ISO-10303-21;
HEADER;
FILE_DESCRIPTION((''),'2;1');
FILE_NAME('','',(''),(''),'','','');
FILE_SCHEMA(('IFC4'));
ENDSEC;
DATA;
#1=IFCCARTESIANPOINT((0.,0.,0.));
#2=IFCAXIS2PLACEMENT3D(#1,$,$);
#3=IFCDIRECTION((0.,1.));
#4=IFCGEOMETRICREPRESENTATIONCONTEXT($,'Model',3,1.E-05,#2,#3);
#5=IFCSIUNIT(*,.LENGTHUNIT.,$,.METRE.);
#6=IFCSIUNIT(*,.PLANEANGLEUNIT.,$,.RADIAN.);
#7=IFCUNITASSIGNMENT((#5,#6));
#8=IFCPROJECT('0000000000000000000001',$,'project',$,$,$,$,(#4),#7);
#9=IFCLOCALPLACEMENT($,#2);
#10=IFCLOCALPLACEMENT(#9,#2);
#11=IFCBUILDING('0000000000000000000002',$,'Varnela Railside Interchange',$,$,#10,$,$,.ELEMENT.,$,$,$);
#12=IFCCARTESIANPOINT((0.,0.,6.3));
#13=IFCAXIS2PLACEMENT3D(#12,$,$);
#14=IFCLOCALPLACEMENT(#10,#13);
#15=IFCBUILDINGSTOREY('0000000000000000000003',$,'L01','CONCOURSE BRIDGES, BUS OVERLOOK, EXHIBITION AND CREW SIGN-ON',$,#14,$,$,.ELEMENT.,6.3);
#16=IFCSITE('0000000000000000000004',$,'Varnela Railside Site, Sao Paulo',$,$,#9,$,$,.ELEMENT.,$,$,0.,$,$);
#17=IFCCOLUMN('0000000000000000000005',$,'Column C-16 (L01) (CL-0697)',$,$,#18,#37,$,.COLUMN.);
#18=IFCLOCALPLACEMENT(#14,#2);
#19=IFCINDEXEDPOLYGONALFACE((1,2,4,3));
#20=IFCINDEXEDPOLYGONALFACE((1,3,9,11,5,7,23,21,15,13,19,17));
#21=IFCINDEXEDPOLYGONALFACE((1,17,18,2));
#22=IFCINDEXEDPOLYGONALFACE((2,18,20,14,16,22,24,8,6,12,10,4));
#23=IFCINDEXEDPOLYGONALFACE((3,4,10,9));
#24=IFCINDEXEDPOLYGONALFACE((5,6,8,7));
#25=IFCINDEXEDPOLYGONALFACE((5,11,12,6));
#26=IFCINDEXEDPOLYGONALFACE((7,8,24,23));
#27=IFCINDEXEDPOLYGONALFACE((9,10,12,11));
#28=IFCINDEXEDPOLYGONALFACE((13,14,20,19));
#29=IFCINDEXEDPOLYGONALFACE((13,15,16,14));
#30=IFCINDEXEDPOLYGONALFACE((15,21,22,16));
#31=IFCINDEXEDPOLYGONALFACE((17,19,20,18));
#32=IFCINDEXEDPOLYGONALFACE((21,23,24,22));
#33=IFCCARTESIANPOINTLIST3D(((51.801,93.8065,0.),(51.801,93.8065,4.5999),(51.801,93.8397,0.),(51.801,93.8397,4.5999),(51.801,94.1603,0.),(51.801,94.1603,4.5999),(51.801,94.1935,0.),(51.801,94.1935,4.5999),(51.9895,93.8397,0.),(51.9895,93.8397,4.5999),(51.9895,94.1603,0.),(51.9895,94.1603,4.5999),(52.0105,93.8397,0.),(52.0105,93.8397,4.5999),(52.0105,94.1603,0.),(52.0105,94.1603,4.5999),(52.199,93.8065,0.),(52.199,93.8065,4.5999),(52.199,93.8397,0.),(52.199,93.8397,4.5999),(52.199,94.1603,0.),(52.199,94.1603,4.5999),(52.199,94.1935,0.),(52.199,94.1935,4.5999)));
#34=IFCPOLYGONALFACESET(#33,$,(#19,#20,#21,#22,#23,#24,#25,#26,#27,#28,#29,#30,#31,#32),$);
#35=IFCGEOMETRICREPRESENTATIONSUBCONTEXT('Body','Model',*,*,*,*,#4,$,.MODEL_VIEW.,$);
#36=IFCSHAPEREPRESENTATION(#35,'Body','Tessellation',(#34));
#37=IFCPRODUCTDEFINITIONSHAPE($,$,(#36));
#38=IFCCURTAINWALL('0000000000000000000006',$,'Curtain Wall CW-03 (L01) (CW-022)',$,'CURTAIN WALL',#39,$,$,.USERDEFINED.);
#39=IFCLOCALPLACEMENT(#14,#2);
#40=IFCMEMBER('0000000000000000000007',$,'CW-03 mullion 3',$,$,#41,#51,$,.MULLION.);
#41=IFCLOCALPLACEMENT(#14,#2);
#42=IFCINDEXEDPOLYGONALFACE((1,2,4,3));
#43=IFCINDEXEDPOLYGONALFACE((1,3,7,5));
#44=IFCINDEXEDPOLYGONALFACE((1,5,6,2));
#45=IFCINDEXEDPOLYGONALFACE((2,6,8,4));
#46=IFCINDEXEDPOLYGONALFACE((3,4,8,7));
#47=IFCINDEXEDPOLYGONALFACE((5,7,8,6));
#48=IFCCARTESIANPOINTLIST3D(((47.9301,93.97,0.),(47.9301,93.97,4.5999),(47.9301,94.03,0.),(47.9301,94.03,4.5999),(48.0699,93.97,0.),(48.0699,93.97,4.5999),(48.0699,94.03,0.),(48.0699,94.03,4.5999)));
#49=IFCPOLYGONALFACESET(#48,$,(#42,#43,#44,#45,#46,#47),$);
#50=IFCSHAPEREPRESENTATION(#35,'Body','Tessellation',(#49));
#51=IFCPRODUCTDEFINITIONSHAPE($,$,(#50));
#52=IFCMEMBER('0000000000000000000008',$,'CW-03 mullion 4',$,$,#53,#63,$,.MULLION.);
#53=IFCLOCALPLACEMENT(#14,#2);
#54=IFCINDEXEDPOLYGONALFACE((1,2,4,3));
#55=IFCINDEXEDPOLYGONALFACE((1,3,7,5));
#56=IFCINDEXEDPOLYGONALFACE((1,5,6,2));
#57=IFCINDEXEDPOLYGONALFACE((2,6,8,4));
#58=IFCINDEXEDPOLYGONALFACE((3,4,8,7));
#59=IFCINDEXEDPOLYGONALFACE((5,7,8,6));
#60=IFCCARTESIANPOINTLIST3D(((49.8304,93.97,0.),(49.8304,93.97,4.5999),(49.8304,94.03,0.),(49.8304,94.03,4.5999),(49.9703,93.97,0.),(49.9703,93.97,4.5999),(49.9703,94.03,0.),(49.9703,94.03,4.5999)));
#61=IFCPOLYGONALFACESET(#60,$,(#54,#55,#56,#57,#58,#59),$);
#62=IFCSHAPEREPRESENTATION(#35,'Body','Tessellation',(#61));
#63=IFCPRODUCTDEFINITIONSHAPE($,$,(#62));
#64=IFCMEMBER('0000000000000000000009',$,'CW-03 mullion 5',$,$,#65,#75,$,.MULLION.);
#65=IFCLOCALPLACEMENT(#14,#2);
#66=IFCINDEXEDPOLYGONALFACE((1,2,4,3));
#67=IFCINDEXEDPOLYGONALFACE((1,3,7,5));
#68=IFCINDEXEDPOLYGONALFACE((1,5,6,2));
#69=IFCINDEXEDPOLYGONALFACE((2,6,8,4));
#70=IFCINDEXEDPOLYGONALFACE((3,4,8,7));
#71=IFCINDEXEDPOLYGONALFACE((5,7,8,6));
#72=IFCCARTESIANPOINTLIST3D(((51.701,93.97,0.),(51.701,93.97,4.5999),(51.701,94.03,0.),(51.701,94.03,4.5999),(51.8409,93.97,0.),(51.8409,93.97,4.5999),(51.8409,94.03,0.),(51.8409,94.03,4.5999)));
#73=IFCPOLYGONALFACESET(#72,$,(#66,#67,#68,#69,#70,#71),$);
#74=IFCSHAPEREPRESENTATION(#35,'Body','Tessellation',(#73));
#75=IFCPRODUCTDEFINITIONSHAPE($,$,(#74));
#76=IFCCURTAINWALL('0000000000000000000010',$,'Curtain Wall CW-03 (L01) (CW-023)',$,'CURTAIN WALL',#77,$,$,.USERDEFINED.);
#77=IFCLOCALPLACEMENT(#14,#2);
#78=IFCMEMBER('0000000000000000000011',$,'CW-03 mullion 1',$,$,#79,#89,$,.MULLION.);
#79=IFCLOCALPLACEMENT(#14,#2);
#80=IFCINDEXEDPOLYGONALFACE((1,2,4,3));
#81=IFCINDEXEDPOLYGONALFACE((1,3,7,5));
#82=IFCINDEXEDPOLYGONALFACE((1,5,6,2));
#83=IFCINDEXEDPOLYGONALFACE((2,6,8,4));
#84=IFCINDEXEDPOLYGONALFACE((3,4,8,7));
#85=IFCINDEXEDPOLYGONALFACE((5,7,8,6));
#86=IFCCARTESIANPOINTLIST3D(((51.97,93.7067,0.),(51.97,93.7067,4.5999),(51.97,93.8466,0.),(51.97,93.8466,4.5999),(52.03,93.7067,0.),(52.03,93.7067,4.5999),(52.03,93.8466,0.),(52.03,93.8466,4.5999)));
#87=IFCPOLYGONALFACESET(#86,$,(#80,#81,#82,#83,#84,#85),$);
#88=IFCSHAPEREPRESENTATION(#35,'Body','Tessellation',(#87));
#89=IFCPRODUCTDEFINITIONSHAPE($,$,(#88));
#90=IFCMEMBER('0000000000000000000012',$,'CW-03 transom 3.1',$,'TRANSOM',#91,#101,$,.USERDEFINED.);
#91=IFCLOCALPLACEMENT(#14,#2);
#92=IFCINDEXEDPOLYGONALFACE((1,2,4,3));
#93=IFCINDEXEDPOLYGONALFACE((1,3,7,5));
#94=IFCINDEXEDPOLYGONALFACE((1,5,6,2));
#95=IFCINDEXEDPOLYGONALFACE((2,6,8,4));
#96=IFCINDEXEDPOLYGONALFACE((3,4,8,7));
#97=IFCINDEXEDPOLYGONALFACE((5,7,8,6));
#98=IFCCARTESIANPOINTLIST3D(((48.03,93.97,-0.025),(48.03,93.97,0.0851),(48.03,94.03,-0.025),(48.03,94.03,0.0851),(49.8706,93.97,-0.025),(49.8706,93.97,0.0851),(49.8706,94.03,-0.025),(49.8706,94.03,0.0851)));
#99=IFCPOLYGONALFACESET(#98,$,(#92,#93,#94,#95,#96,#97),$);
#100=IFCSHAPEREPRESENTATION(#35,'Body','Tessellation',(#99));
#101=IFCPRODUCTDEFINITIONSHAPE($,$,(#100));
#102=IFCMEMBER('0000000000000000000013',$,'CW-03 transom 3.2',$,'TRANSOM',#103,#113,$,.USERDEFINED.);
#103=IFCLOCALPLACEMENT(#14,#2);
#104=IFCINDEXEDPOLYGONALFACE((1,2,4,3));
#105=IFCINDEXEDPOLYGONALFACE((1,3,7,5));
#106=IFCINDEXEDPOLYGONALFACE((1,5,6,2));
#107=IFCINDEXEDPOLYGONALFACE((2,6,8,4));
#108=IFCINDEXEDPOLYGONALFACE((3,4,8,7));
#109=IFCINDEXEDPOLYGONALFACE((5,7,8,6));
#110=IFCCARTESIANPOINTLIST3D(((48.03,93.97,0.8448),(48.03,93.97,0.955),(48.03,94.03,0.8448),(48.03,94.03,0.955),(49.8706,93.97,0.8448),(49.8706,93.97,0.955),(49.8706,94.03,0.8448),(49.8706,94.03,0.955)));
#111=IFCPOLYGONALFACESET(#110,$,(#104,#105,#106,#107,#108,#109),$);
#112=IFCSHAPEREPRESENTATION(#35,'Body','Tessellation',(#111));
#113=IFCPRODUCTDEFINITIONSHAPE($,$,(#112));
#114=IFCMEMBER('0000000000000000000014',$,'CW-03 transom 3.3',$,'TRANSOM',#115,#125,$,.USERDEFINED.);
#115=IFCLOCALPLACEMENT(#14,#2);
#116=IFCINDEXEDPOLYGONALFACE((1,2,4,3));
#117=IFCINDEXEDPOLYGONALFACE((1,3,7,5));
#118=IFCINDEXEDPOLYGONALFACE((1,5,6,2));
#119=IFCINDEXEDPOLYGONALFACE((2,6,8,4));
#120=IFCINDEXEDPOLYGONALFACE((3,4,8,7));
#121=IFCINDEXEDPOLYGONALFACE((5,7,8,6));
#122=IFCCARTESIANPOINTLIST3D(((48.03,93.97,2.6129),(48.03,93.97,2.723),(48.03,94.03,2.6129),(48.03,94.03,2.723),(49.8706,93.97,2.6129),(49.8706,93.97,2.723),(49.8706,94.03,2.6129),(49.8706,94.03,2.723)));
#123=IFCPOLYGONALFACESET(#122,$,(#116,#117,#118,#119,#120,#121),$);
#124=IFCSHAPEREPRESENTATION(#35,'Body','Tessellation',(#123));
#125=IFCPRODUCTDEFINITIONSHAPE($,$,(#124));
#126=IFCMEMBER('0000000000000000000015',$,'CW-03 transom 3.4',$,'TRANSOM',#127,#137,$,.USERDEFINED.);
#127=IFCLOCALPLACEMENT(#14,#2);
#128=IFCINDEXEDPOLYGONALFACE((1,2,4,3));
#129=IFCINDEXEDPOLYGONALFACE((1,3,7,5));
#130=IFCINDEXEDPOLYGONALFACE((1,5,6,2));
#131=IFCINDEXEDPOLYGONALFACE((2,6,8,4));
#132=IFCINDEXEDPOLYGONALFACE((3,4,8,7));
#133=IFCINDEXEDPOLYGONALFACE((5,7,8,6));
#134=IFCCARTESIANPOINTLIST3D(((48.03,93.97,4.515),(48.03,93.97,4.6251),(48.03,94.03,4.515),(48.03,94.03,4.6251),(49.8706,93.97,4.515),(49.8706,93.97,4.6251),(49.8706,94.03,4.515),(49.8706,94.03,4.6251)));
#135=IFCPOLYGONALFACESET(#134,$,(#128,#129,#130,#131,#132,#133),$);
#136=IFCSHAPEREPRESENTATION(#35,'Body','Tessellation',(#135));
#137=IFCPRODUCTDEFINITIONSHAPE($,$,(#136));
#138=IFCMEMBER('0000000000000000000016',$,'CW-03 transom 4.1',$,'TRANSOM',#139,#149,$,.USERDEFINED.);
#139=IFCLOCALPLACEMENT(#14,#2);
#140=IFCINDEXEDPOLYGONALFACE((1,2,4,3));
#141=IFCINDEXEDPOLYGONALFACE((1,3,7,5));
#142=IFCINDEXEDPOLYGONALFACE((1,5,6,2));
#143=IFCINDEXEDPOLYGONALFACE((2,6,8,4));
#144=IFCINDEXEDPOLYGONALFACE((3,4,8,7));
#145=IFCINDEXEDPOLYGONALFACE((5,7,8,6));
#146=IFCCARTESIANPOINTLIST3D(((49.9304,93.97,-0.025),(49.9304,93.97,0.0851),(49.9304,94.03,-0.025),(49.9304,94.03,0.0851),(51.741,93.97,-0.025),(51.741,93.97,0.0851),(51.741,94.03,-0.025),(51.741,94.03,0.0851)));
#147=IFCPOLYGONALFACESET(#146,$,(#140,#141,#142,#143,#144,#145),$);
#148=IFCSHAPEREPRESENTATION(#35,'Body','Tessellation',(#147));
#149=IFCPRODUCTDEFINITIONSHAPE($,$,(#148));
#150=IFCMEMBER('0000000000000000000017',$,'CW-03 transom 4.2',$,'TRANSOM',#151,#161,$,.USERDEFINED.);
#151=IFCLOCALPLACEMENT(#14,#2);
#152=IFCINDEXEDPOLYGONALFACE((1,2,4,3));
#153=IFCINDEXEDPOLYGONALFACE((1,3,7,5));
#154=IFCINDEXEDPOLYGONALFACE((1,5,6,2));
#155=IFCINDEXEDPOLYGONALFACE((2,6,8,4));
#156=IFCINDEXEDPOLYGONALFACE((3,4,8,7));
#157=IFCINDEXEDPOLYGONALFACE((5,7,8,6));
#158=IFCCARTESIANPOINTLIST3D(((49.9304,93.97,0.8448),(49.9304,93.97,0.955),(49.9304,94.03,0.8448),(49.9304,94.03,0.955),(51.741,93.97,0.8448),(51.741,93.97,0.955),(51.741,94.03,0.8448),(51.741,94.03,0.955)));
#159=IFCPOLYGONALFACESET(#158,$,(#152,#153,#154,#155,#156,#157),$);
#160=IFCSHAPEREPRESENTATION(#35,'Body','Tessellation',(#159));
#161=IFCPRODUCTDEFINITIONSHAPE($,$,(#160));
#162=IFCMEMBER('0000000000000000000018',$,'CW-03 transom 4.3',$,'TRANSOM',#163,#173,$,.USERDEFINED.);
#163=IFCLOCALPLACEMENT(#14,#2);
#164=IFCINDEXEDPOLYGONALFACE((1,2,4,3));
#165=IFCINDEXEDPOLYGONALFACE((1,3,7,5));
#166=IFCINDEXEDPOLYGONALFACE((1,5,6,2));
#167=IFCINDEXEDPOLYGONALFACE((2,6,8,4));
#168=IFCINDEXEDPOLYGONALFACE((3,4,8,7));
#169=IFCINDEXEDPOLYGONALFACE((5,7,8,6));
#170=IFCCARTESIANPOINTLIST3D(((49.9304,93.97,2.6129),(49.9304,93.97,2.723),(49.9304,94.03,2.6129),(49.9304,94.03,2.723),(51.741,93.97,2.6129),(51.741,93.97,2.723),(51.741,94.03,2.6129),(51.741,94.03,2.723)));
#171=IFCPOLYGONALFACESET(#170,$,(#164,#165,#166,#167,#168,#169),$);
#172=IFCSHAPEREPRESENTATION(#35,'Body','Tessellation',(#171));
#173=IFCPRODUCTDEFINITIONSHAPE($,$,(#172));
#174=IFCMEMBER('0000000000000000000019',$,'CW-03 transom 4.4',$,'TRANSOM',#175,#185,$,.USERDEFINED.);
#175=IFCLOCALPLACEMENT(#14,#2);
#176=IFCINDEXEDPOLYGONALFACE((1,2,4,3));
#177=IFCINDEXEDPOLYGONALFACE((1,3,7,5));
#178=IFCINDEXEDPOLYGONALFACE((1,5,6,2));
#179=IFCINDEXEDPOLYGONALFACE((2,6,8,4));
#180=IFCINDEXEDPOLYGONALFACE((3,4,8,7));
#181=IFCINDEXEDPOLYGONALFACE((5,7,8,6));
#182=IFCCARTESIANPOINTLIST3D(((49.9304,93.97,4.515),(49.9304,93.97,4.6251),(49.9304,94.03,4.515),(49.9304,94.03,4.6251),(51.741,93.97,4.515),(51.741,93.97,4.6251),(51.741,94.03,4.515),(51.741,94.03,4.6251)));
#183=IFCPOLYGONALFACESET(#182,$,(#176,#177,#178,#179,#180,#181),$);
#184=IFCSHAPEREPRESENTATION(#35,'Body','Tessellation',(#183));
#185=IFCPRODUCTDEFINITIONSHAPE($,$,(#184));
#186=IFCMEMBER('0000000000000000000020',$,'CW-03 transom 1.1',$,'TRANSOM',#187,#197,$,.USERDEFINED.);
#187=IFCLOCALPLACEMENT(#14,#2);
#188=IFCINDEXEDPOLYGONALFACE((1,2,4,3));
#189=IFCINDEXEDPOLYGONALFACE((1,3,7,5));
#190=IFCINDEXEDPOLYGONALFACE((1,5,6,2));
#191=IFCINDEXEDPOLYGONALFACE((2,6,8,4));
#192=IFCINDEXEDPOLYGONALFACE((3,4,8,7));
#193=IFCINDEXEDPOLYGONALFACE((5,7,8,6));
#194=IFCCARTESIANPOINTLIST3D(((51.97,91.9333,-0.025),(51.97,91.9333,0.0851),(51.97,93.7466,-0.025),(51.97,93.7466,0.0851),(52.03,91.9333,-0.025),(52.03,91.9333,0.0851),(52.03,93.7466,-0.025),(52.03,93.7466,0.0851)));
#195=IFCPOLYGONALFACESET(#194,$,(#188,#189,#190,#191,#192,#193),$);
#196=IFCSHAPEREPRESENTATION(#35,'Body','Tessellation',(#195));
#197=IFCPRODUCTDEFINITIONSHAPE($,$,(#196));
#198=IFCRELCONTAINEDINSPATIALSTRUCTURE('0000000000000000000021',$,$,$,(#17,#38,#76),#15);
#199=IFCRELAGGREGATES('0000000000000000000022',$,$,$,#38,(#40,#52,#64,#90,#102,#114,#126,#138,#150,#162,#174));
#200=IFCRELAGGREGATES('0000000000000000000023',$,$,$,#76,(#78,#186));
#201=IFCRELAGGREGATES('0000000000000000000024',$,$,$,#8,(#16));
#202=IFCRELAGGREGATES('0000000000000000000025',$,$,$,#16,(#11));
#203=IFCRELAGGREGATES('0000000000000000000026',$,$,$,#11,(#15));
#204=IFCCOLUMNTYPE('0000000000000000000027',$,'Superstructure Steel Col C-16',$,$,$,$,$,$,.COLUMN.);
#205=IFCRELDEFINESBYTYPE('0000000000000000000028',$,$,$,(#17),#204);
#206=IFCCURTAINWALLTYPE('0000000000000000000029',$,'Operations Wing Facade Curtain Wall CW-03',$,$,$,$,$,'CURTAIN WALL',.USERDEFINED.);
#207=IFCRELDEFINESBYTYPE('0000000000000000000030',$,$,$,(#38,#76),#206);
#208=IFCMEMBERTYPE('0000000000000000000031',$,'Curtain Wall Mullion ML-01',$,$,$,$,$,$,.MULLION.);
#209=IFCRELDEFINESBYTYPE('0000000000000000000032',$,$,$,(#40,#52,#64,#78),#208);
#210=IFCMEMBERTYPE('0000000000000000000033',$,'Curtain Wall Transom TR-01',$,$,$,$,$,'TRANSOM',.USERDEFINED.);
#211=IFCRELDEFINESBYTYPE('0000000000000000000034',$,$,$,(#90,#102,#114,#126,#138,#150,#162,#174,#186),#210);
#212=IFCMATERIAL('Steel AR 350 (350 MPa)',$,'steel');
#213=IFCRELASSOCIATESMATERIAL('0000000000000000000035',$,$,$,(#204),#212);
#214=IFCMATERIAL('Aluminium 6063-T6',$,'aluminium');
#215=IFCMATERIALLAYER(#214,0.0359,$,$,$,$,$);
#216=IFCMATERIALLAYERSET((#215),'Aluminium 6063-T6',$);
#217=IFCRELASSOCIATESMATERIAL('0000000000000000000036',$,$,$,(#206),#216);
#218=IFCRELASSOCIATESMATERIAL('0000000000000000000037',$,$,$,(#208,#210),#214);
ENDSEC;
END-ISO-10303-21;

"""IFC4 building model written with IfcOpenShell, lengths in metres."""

from ifc_helpers import new_model, si_unit, direction, frame, origin, origin_2d, place, context, subcontext, project, spatial, rectangle, i_section, extrude, material, layer, layer_set, material_profile, profile_set, type_object, element, aggregate, save


model = new_model("IFC4")

# Units and contexts
model_context = context("Model", 3, precision=1e-05, world=origin(), true_north=direction((0.0, 1.0)))
body_context = subcontext(model_context, "Body", "Model", "MODEL_VIEW")
ifc_project = project(units=[si_unit("LENGTHUNIT", "METRE"), si_unit("PLANEANGLEUNIT", "RADIAN")], contexts=[model_context])

# Site, building, storey
site_placement = place(None, origin())
site = spatial("IfcSite", under=ifc_project, at=site_placement, Name="Varnela Railside Site, Sao Paulo", CompositionType="ELEMENT", RefElevation=0.0)
building_placement = place(site_placement, origin())
building = spatial("IfcBuilding", under=site, at=building_placement, Name="Varnela Railside Interchange", CompositionType="ELEMENT")
storey_placement = place(building_placement, frame((0.0, 0.0, 6.3)))
storey = spatial("IfcBuildingStorey", under=building, at=storey_placement, Name="L01", Description="CONCOURSE BRIDGES, BUS OVERLOOK, EXHIBITION AND CREW SIGN-ON", CompositionType="ELEMENT", Elevation=6.3)

# Column
ifc_material_1 = material(Name="Steel AR 350 (350 MPa)", Category="steel")
ifc_material_profile_1 = material_profile(ifc_material_1, i_section(OverallWidth=0.3979, OverallDepth=0.387, WebThickness=0.021, FlangeThickness=0.0332, at=origin_2d()), Name="W360x262")
ifc_profile_set_1 = profile_set([ifc_material_profile_1], Name="Steel AR 350 (350 MPa)")
column_type = type_object("IfcColumnType", Name="Superstructure Steel Col C-16", PredefinedType="COLUMN", material=ifc_profile_set_1)
column_placement = place(storey_placement, frame((52.0, 94.0, 0.0), z_axis=(0.0, 0.0, 1.0), x_axis=(1.0, 0.0, 0.0)))
element("IfcColumn", 1, at=column_placement, inside=storey, type_object=column_type, Name="Column C-16 (L01) (CL-0697)", PredefinedType="COLUMN", context=body_context, shape_type="SweptSolid", body=[
    extrude(i_section(OverallWidth=0.3979, OverallDepth=0.387, WebThickness=0.021, FlangeThickness=0.0332, at=origin_2d()), origin(), (0.0, 0.0, 1.0), 4.5999),
])

# Curtain wall, members
ifc_material_2 = material(Name="Aluminium 6063-T6", Category="aluminium")
ifc_layer_1 = layer(ifc_material_2, 0.0359)
ifc_layer_set_1 = layer_set([ifc_layer_1], Name="Aluminium 6063-T6")
curtain_wall_type = type_object("IfcCurtainWallType", Name="Operations Wing Facade Curtain Wall CW-03", ElementType="CURTAIN WALL", PredefinedType="USERDEFINED", material=ifc_layer_set_1)
curtain_wall_1_placement = place(storey_placement, origin())
curtain_wall_1 = element("IfcCurtainWall", 2, at=curtain_wall_1_placement, inside=storey, type_object=curtain_wall_type, Name="Curtain Wall CW-03 (L01) (CW-022)", ObjectType="CURTAIN WALL", PredefinedType="USERDEFINED")
ifc_material_profile_2 = material_profile(ifc_material_2, rectangle(XDim=0.0601, YDim=0.1399, at=origin_2d()), Name="ALU 60x140")
ifc_profile_set_2 = profile_set([ifc_material_profile_2], Name="Aluminium 6063-T6")
member_type_1 = type_object("IfcMemberType", Name="Curtain Wall Mullion ML-01", PredefinedType="MULLION", material=ifc_profile_set_2)
member_1_placement = place(storey_placement, frame((48.0, 94.0, 0.0), z_axis=(0.0, 0.0, 1.0), x_axis=(0.0, 1.0, 0.0)))
member_1 = element("IfcMember", 3, at=member_1_placement, type_object=member_type_1, Name="CW-03 mullion 3", PredefinedType="MULLION", context=body_context, shape_type="SweptSolid", body=[
    extrude(rectangle(XDim=0.0601, YDim=0.1399, at=origin_2d()), origin(), (0.0, 0.0, 1.0), 4.5999),
])
member_2_placement = place(storey_placement, frame((49.9004, 94.0, 0.0), z_axis=(0.0, 0.0, 1.0), x_axis=(0.0, 1.0, 0.0)))
member_2 = element("IfcMember", 4, at=member_2_placement, type_object=member_type_1, Name="CW-03 mullion 4", PredefinedType="MULLION", context=body_context, shape_type="SweptSolid", body=[
    extrude(rectangle(XDim=0.0601, YDim=0.1399, at=origin_2d()), origin(), (0.0, 0.0, 1.0), 4.5999),
])
member_3_placement = place(storey_placement, frame((51.771, 94.0, 0.0), z_axis=(0.0, 0.0, 1.0), x_axis=(0.0, 1.0, 0.0)))
member_3 = element("IfcMember", 5, at=member_3_placement, type_object=member_type_1, Name="CW-03 mullion 5", PredefinedType="MULLION", context=body_context, shape_type="SweptSolid", body=[
    extrude(rectangle(XDim=0.0601, YDim=0.1399, at=origin_2d()), origin(), (0.0, 0.0, 1.0), 4.5999),
])

# Curtain wall, member
curtain_wall_2_placement = place(storey_placement, origin())
curtain_wall_2 = element("IfcCurtainWall", 6, at=curtain_wall_2_placement, inside=storey, type_object=curtain_wall_type, Name="Curtain Wall CW-03 (L01) (CW-023)", ObjectType="CURTAIN WALL", PredefinedType="USERDEFINED")
member_4_placement = place(storey_placement, frame((52.0, 93.7766, 0.0), z_axis=(0.0, 0.0, 1.0), x_axis=(1.0, 0.0, 0.0)))
member_4 = element("IfcMember", 7, at=member_4_placement, type_object=member_type_1, Name="CW-03 mullion 1", PredefinedType="MULLION", context=body_context, shape_type="SweptSolid", body=[
    extrude(rectangle(XDim=0.0601, YDim=0.1399, at=origin_2d()), origin(), (0.0, 0.0, 1.0), 4.5999),
])

# Members
ifc_material_profile_3 = material_profile(ifc_material_2, rectangle(XDim=0.0601, YDim=0.1101, at=origin_2d()), Name="ALU 60x110")
ifc_profile_set_3 = profile_set([ifc_material_profile_3], Name="Aluminium 6063-T6")
member_type_2 = type_object("IfcMemberType", Name="Curtain Wall Transom TR-01", ElementType="TRANSOM", PredefinedType="USERDEFINED", material=ifc_profile_set_3)
member_5_placement = place(storey_placement, frame((48.03, 94.0, 0.03), z_axis=(1.0, 0.0, 0.0), x_axis=(0.0, 1.0, 0.0)))
member_5 = element("IfcMember", 8, at=member_5_placement, type_object=member_type_2, Name="CW-03 transom 3.1", ObjectType="TRANSOM", PredefinedType="USERDEFINED", context=body_context, shape_type="SweptSolid", body=[
    extrude(rectangle(XDim=0.0601, YDim=0.1101, at=origin_2d()), origin(), (0.0, 0.0, 1.0), 1.8406),
])
member_6_placement = place(storey_placement, frame((48.03, 94.0, 0.8999), z_axis=(1.0, 0.0, 0.0), x_axis=(0.0, 1.0, 0.0)))
member_6 = element("IfcMember", 9, at=member_6_placement, type_object=member_type_2, Name="CW-03 transom 3.2", ObjectType="TRANSOM", PredefinedType="USERDEFINED", context=body_context, shape_type="SweptSolid", body=[
    extrude(rectangle(XDim=0.0601, YDim=0.1101, at=origin_2d()), origin(), (0.0, 0.0, 1.0), 1.8406),
])
member_7_placement = place(storey_placement, frame((48.03, 94.0, 2.668), z_axis=(1.0, 0.0, 0.0), x_axis=(0.0, 1.0, 0.0)))
member_7 = element("IfcMember", 10, at=member_7_placement, type_object=member_type_2, Name="CW-03 transom 3.3", ObjectType="TRANSOM", PredefinedType="USERDEFINED", context=body_context, shape_type="SweptSolid", body=[
    extrude(rectangle(XDim=0.0601, YDim=0.1101, at=origin_2d()), origin(), (0.0, 0.0, 1.0), 1.8406),
])
member_8_placement = place(storey_placement, frame((48.03, 94.0, 4.5701), z_axis=(1.0, 0.0, 0.0), x_axis=(0.0, 1.0, 0.0)))
member_8 = element("IfcMember", 11, at=member_8_placement, type_object=member_type_2, Name="CW-03 transom 3.4", ObjectType="TRANSOM", PredefinedType="USERDEFINED", context=body_context, shape_type="SweptSolid", body=[
    extrude(rectangle(XDim=0.0601, YDim=0.1101, at=origin_2d()), origin(), (0.0, 0.0, 1.0), 1.8406),
])
member_9_placement = place(storey_placement, frame((49.9304, 94.0, 0.03), z_axis=(1.0, 0.0, 0.0), x_axis=(0.0, 1.0, 0.0)))
member_9 = element("IfcMember", 12, at=member_9_placement, type_object=member_type_2, Name="CW-03 transom 4.1", ObjectType="TRANSOM", PredefinedType="USERDEFINED", context=body_context, shape_type="SweptSolid", body=[
    extrude(rectangle(XDim=0.0601, YDim=0.1101, at=origin_2d()), origin(), (0.0, 0.0, 1.0), 1.8105),
])
member_10_placement = place(storey_placement, frame((49.9304, 94.0, 0.8999), z_axis=(1.0, 0.0, 0.0), x_axis=(0.0, 1.0, 0.0)))
member_10 = element("IfcMember", 13, at=member_10_placement, type_object=member_type_2, Name="CW-03 transom 4.2", ObjectType="TRANSOM", PredefinedType="USERDEFINED", context=body_context, shape_type="SweptSolid", body=[
    extrude(rectangle(XDim=0.0601, YDim=0.1101, at=origin_2d()), origin(), (0.0, 0.0, 1.0), 1.8105),
])
member_11_placement = place(storey_placement, frame((49.9304, 94.0, 2.668), z_axis=(1.0, 0.0, 0.0), x_axis=(0.0, 1.0, 0.0)))
member_11 = element("IfcMember", 14, at=member_11_placement, type_object=member_type_2, Name="CW-03 transom 4.3", ObjectType="TRANSOM", PredefinedType="USERDEFINED", context=body_context, shape_type="SweptSolid", body=[
    extrude(rectangle(XDim=0.0601, YDim=0.1101, at=origin_2d()), origin(), (0.0, 0.0, 1.0), 1.8105),
])
member_12_placement = place(storey_placement, frame((49.9304, 94.0, 4.5701), z_axis=(1.0, 0.0, 0.0), x_axis=(0.0, 1.0, 0.0)))
member_12 = element("IfcMember", 15, at=member_12_placement, type_object=member_type_2, Name="CW-03 transom 4.4", ObjectType="TRANSOM", PredefinedType="USERDEFINED", context=body_context, shape_type="SweptSolid", body=[
    extrude(rectangle(XDim=0.0601, YDim=0.1101, at=origin_2d()), origin(), (0.0, 0.0, 1.0), 1.8105),
])
member_13_placement = place(storey_placement, frame((52.0, 93.7466, 0.03), z_axis=(0.0, -1.0, 0.0), x_axis=(1.0, 0.0, 0.0)))
member_13 = element("IfcMember", 16, at=member_13_placement, type_object=member_type_2, Name="CW-03 transom 1.1", ObjectType="TRANSOM", PredefinedType="USERDEFINED", context=body_context, shape_type="SweptSolid", body=[
    extrude(rectangle(XDim=0.0601, YDim=0.1101, at=origin_2d()), origin(), (0.0, 0.0, 1.0), 1.8132),
])

aggregate(curtain_wall_1, [member_1, member_2, member_3, member_5, member_6, member_7, member_8, member_9, member_10, member_11, member_12])
aggregate(curtain_wall_2, [member_4, member_13])

save(model, "model.ifc")
